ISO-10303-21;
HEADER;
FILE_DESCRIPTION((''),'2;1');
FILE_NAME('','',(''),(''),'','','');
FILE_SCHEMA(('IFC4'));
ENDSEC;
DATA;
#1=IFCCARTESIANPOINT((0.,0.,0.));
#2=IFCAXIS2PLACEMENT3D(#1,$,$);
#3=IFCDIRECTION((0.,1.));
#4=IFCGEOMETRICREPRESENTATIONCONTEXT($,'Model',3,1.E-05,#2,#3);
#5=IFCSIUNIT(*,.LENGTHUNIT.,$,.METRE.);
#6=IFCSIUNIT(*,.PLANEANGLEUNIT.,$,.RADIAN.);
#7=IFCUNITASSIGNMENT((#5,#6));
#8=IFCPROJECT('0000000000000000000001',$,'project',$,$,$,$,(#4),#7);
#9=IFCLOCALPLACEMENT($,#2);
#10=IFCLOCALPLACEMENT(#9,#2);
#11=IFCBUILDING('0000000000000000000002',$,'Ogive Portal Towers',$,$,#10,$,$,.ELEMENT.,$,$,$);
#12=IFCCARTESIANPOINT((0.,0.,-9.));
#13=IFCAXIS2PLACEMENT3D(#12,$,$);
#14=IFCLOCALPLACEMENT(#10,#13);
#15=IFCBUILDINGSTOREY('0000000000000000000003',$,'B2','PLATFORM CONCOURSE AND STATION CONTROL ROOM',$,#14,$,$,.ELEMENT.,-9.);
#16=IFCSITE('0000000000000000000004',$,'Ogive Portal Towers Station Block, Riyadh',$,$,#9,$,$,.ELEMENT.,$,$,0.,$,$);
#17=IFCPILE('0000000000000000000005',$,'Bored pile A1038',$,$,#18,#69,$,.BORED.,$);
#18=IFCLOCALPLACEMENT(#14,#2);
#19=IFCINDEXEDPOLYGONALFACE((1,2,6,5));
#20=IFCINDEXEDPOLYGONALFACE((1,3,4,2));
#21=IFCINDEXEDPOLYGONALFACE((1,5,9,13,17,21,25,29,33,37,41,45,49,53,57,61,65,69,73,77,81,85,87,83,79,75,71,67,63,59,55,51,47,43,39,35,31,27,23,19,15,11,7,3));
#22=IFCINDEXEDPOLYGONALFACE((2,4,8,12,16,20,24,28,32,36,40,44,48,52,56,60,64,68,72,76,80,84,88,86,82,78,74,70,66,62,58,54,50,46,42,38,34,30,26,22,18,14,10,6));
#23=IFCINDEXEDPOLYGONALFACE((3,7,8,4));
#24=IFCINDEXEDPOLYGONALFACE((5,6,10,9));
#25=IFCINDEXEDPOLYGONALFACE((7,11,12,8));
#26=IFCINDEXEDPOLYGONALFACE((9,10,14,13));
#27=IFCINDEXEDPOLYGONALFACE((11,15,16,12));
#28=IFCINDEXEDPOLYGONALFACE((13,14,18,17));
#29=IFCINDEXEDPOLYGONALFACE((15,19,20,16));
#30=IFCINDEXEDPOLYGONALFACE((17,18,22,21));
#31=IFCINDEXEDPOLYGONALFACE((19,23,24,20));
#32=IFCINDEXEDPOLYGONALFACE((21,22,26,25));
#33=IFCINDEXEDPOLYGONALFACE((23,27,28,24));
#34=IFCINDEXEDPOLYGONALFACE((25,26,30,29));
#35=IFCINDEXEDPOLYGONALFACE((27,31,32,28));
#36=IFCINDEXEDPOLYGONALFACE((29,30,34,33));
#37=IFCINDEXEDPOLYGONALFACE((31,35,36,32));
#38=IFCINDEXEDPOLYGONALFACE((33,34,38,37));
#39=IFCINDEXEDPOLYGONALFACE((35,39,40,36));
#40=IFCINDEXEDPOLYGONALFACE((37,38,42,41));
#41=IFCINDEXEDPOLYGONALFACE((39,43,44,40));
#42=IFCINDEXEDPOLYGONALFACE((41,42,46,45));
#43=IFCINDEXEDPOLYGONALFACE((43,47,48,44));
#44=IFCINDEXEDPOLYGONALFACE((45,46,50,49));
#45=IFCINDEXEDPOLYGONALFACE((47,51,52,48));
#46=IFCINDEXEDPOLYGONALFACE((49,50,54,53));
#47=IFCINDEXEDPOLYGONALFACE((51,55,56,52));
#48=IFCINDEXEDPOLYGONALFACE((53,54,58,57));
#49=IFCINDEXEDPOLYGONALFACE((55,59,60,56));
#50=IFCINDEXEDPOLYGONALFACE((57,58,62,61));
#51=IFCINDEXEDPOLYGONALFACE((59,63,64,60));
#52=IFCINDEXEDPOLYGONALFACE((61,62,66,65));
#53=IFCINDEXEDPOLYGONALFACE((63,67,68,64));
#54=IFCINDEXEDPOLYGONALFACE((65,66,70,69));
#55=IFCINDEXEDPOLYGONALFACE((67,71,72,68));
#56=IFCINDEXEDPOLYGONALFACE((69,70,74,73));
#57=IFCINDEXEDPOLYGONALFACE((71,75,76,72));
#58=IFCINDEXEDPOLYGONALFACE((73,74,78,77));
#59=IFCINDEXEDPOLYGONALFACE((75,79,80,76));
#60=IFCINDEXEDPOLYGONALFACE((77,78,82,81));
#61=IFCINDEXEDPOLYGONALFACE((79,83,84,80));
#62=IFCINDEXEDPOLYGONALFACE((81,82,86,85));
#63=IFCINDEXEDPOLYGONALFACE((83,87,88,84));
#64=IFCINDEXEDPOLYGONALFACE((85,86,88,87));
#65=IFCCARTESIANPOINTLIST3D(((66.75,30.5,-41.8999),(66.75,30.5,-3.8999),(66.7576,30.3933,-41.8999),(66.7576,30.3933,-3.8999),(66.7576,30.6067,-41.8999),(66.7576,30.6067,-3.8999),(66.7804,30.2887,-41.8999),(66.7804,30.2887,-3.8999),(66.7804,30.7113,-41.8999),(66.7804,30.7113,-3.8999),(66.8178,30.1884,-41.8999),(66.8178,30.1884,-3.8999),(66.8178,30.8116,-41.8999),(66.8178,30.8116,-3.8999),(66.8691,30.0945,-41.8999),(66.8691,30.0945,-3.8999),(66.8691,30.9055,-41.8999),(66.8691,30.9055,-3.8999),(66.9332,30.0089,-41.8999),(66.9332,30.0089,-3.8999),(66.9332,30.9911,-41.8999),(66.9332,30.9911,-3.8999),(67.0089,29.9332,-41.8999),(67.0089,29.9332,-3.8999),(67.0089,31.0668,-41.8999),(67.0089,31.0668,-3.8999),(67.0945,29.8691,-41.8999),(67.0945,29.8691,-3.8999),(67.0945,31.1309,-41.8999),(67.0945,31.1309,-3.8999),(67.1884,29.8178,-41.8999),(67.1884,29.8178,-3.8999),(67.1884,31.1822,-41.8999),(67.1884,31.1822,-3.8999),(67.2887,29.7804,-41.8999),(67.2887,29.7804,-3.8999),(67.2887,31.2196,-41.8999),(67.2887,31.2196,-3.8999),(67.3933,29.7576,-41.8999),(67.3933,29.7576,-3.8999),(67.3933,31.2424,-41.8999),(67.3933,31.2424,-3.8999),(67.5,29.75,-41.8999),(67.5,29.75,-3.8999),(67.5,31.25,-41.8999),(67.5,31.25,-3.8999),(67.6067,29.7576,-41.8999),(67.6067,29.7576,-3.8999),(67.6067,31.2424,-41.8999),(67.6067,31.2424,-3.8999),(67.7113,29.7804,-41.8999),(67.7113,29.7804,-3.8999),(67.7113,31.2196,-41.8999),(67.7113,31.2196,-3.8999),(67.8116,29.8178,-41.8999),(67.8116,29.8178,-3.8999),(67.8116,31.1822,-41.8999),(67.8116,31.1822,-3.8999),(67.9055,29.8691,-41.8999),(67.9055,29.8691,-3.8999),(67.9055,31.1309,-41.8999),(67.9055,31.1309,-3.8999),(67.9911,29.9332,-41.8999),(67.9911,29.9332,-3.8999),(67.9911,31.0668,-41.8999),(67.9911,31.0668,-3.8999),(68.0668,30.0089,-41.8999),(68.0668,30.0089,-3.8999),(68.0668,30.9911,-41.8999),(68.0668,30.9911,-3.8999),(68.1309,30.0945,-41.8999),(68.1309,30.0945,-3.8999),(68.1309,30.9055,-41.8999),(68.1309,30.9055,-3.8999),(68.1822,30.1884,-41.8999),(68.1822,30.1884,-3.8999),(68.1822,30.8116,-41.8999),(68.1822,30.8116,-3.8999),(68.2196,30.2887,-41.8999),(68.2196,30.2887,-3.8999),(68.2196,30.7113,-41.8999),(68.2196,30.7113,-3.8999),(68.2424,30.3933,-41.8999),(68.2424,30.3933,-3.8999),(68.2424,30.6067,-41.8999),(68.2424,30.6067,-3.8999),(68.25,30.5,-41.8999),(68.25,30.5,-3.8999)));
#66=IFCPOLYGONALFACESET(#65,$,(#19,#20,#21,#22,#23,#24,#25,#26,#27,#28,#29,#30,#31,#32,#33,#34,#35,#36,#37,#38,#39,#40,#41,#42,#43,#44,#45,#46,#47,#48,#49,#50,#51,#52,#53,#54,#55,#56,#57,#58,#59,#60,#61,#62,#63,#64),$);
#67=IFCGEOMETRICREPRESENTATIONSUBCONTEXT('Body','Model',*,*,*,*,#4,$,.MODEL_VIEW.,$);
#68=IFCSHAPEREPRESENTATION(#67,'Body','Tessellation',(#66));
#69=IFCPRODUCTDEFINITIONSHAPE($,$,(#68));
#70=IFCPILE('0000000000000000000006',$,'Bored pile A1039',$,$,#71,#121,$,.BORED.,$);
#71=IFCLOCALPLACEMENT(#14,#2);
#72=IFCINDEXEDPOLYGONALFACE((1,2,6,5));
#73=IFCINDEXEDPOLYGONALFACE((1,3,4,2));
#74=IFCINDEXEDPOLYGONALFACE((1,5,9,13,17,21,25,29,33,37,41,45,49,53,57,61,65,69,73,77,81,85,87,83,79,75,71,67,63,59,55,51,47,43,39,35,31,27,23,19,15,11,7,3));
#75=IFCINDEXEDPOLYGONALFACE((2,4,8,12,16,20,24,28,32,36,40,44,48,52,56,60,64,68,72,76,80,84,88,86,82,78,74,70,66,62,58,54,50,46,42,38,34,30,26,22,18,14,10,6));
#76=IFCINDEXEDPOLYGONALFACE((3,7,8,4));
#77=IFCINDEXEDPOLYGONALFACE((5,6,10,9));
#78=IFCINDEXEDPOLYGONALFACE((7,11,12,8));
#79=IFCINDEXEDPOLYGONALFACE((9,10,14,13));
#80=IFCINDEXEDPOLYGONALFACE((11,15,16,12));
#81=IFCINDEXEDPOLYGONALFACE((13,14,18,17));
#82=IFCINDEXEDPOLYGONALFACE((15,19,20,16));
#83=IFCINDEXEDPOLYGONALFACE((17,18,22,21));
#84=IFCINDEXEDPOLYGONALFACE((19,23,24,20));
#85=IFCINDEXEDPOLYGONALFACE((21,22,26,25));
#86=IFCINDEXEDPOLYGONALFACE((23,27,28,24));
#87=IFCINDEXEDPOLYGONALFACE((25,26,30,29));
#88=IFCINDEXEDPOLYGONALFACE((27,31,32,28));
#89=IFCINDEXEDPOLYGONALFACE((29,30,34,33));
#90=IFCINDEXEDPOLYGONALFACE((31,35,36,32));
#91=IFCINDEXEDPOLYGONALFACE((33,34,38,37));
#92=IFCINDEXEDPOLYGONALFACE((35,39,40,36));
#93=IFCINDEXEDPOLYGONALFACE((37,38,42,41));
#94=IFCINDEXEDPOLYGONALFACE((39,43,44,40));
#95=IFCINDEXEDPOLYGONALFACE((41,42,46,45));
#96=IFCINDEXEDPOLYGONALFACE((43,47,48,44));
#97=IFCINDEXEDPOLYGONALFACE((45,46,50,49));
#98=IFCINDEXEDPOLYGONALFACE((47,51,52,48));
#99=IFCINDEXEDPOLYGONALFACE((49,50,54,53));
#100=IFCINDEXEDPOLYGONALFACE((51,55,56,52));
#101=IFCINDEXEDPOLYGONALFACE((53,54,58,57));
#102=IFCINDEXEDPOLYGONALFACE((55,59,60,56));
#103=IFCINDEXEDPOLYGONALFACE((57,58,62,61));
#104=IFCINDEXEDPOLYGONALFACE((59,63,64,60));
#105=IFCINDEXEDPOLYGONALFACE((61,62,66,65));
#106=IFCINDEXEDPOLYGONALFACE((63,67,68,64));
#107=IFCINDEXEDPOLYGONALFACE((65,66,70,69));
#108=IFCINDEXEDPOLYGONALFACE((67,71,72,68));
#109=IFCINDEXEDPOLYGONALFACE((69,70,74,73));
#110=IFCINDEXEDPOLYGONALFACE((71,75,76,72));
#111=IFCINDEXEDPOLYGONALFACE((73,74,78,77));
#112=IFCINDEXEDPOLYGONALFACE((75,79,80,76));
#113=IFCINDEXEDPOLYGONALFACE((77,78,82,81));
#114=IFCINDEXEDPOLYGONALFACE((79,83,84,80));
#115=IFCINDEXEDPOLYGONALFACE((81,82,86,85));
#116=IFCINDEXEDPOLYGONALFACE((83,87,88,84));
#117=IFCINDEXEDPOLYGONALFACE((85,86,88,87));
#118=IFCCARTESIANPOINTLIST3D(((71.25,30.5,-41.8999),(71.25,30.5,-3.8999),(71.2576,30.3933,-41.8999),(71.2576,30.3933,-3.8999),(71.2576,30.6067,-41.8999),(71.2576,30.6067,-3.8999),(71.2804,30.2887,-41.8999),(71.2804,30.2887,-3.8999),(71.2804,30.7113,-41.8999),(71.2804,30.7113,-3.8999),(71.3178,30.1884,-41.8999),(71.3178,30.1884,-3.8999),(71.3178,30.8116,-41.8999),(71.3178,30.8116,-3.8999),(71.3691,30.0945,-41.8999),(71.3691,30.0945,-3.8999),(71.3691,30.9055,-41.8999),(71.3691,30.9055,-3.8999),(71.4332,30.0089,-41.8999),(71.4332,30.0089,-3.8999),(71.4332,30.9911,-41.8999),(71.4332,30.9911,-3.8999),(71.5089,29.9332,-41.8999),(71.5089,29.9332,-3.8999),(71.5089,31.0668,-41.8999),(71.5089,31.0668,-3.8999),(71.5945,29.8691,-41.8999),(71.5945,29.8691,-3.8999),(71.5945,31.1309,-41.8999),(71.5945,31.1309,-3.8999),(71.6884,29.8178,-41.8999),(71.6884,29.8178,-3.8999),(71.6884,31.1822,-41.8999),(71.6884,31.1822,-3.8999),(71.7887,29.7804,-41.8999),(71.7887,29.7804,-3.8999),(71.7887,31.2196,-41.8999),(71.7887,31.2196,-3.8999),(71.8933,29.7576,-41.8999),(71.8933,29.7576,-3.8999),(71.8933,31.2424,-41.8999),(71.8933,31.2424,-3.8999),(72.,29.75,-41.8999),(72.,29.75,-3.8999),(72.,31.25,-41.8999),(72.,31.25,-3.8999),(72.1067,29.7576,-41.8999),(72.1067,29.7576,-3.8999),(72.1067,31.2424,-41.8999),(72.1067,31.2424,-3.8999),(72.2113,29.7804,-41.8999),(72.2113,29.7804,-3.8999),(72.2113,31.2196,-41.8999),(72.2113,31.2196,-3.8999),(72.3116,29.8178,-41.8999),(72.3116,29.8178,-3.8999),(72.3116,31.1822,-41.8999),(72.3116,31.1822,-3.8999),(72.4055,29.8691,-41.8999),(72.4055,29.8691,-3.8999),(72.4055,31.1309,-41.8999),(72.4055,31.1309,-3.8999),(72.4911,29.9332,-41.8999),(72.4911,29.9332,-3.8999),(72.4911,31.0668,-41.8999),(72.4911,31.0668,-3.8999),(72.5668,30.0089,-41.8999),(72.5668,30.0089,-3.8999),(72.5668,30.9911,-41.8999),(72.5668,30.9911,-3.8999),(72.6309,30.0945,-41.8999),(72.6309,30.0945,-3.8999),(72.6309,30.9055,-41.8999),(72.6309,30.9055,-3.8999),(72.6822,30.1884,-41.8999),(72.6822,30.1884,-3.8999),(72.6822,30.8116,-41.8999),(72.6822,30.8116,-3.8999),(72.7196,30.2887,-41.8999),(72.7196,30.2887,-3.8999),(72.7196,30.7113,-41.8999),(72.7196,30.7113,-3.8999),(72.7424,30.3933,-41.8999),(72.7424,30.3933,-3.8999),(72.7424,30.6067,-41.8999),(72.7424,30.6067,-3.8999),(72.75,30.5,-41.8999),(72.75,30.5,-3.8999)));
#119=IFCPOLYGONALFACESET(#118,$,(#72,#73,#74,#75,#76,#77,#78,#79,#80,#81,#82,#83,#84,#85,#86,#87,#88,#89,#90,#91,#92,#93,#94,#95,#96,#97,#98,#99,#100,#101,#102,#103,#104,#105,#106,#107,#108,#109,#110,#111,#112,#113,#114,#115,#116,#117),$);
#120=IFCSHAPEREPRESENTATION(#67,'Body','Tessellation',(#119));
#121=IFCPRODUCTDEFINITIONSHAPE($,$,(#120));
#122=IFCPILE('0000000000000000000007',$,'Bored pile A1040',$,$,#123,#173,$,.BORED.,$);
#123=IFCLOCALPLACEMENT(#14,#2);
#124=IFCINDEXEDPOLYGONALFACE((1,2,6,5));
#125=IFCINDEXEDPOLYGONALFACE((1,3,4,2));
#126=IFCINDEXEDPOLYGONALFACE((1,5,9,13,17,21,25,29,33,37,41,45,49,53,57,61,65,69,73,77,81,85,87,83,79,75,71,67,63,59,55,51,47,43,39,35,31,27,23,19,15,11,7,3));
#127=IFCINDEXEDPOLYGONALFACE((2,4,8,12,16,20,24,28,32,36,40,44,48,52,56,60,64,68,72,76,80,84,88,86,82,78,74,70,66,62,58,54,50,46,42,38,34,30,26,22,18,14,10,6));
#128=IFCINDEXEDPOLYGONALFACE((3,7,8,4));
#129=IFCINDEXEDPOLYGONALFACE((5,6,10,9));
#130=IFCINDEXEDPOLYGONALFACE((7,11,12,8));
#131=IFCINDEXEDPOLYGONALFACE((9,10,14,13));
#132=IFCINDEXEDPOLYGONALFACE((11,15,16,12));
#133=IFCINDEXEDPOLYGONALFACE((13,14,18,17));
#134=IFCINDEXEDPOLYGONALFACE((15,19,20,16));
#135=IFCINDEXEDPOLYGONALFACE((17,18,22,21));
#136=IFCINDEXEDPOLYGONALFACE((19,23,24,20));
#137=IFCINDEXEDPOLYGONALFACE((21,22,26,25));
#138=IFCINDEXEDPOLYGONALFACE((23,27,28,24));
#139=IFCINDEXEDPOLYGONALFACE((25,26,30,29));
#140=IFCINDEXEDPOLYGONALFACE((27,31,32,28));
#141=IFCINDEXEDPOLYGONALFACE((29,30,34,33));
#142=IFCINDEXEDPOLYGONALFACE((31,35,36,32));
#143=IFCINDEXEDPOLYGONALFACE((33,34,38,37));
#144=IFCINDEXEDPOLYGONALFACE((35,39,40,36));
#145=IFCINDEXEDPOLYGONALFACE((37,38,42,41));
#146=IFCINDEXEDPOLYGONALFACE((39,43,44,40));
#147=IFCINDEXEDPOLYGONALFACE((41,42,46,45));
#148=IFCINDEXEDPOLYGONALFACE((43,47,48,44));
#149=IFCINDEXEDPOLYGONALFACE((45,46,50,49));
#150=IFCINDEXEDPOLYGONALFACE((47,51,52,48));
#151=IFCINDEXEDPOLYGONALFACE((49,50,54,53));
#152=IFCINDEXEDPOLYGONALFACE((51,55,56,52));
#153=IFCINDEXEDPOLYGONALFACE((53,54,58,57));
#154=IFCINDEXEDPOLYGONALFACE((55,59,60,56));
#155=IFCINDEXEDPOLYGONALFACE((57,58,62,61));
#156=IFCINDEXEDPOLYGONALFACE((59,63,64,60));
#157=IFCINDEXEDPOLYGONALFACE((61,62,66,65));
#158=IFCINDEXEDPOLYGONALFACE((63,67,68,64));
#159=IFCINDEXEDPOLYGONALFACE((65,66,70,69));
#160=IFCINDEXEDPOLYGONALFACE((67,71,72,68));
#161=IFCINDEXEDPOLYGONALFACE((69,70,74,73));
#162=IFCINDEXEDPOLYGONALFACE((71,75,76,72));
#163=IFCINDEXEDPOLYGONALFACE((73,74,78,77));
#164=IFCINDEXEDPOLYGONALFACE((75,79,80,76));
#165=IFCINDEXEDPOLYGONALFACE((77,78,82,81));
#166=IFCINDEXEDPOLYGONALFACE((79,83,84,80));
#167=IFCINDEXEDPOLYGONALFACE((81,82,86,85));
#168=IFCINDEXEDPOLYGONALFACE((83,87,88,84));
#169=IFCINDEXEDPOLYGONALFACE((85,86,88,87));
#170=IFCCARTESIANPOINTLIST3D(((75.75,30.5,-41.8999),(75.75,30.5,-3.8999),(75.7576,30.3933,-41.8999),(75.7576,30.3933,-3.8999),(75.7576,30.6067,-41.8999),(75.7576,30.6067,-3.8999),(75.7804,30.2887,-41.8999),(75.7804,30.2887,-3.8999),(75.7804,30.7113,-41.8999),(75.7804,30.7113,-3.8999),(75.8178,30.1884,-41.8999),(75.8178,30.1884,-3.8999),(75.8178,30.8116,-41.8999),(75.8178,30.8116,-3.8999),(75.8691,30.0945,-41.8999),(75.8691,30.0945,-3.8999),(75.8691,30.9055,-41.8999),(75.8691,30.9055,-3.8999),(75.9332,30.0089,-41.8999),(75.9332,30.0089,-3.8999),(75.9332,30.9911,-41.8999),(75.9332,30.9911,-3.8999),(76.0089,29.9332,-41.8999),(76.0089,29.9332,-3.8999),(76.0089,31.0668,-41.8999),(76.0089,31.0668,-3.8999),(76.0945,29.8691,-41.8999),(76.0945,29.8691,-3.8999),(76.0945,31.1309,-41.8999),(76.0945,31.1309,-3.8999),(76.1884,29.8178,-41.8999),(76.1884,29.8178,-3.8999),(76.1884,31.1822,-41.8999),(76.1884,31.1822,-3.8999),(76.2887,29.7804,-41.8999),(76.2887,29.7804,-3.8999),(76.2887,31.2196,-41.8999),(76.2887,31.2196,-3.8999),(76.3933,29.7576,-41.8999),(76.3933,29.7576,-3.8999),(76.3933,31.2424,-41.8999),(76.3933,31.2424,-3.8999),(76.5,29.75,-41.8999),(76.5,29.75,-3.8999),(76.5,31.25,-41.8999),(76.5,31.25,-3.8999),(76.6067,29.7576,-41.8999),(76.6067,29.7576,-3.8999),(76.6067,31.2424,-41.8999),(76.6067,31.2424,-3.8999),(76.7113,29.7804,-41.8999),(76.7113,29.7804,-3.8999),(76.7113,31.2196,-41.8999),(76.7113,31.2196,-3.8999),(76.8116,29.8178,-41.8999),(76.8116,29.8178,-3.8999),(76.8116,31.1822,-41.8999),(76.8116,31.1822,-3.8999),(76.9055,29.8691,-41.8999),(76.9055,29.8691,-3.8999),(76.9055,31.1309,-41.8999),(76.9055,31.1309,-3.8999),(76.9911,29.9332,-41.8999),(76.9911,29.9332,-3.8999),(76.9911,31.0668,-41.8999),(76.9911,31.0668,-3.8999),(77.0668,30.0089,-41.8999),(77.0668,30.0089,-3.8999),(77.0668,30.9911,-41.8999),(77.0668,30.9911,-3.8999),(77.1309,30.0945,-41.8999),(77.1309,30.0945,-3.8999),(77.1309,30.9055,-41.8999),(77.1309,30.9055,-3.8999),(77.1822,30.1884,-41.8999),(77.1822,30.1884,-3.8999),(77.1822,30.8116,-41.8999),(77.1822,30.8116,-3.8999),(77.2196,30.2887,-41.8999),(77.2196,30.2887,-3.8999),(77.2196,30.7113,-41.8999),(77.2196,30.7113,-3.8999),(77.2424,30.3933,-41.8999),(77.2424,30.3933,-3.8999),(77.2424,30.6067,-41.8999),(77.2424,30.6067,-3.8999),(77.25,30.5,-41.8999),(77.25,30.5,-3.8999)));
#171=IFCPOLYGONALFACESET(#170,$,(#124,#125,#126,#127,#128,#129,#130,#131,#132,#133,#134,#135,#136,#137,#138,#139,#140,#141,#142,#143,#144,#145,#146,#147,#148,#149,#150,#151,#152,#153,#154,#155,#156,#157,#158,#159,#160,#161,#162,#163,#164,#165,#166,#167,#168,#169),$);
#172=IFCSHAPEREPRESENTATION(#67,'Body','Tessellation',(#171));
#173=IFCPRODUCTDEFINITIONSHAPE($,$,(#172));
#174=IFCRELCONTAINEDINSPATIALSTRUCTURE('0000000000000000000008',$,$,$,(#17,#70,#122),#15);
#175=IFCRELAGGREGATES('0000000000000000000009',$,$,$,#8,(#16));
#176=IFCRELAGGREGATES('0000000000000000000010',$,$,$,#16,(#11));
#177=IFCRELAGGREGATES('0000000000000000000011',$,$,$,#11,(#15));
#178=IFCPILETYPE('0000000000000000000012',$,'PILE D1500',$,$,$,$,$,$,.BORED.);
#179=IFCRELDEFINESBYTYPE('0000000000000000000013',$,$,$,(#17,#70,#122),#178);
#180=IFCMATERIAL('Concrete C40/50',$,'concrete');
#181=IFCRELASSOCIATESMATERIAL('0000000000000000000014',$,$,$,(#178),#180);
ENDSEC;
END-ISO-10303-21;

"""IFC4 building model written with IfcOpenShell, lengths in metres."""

from ifc_helpers import new_model, si_unit, direction, frame, origin, origin_2d, place, context, subcontext, project, spatial, circle, extrude, material, material_profile, profile_set, type_object, element, save


model = new_model("IFC4")

# Units and contexts
model_context = context("Model", 3, precision=1e-05, world=origin(), true_north=direction((0.0, 1.0)))
body_context = subcontext(model_context, "Body", "Model", "MODEL_VIEW")
ifc_project = project(units=[si_unit("LENGTHUNIT", "METRE"), si_unit("PLANEANGLEUNIT", "RADIAN")], contexts=[model_context])

# Site, building, storey
site_placement = place(None, origin())
site = spatial("IfcSite", under=ifc_project, at=site_placement, Name="Ogive Portal Towers Station Block, Riyadh", CompositionType="ELEMENT", RefElevation=0.0)
building_placement = place(site_placement, origin())
building = spatial("IfcBuilding", under=site, at=building_placement, Name="Ogive Portal Towers", CompositionType="ELEMENT")
storey_placement = place(building_placement, frame((0.0, 0.0, -9.0)))
storey = spatial("IfcBuildingStorey", under=building, at=storey_placement, Name="B2", Description="PLATFORM CONCOURSE AND STATION CONTROL ROOM", CompositionType="ELEMENT", Elevation=-9.0)

# Piles
ifc_material_1 = material(Name="Concrete C40/50", Category="concrete")
ifc_material_profile_1 = material_profile(ifc_material_1, circle(Radius=0.75, at=origin_2d()), Name="PILE D1500")
ifc_profile_set_1 = profile_set([ifc_material_profile_1], Name="Concrete C40/50")
pile_type = type_object("IfcPileType", Name="PILE D1500", PredefinedType="BORED", material=ifc_profile_set_1)
for number, where, z_axis, x_axis, name in (
    (1, (67.5, 30.5, -3.8999), (0.0, 0.0, -1.0), (1.0, 0.0, 0.0), "Bored pile A1038"),
    (2, (72.0, 30.5, -3.8999), (0.0, 0.0, -1.0), (1.0, 0.0, 0.0), "Bored pile A1039"),
    (3, (76.5, 30.5, -3.8999), (0.0, 0.0, -1.0), (1.0, 0.0, 0.0), "Bored pile A1040"),
):
    element("IfcPile", number, at=place(storey_placement, frame(where, z_axis=z_axis, x_axis=x_axis)), inside=storey, type_object=pile_type, Name=name, PredefinedType="BORED", context=body_context, shape_type="SweptSolid", body=[
        extrude(circle(Radius=0.75, at=origin_2d()), origin(), (0.0, 0.0, 1.0), 38.0),
    ])

save(model, "model.ifc")
